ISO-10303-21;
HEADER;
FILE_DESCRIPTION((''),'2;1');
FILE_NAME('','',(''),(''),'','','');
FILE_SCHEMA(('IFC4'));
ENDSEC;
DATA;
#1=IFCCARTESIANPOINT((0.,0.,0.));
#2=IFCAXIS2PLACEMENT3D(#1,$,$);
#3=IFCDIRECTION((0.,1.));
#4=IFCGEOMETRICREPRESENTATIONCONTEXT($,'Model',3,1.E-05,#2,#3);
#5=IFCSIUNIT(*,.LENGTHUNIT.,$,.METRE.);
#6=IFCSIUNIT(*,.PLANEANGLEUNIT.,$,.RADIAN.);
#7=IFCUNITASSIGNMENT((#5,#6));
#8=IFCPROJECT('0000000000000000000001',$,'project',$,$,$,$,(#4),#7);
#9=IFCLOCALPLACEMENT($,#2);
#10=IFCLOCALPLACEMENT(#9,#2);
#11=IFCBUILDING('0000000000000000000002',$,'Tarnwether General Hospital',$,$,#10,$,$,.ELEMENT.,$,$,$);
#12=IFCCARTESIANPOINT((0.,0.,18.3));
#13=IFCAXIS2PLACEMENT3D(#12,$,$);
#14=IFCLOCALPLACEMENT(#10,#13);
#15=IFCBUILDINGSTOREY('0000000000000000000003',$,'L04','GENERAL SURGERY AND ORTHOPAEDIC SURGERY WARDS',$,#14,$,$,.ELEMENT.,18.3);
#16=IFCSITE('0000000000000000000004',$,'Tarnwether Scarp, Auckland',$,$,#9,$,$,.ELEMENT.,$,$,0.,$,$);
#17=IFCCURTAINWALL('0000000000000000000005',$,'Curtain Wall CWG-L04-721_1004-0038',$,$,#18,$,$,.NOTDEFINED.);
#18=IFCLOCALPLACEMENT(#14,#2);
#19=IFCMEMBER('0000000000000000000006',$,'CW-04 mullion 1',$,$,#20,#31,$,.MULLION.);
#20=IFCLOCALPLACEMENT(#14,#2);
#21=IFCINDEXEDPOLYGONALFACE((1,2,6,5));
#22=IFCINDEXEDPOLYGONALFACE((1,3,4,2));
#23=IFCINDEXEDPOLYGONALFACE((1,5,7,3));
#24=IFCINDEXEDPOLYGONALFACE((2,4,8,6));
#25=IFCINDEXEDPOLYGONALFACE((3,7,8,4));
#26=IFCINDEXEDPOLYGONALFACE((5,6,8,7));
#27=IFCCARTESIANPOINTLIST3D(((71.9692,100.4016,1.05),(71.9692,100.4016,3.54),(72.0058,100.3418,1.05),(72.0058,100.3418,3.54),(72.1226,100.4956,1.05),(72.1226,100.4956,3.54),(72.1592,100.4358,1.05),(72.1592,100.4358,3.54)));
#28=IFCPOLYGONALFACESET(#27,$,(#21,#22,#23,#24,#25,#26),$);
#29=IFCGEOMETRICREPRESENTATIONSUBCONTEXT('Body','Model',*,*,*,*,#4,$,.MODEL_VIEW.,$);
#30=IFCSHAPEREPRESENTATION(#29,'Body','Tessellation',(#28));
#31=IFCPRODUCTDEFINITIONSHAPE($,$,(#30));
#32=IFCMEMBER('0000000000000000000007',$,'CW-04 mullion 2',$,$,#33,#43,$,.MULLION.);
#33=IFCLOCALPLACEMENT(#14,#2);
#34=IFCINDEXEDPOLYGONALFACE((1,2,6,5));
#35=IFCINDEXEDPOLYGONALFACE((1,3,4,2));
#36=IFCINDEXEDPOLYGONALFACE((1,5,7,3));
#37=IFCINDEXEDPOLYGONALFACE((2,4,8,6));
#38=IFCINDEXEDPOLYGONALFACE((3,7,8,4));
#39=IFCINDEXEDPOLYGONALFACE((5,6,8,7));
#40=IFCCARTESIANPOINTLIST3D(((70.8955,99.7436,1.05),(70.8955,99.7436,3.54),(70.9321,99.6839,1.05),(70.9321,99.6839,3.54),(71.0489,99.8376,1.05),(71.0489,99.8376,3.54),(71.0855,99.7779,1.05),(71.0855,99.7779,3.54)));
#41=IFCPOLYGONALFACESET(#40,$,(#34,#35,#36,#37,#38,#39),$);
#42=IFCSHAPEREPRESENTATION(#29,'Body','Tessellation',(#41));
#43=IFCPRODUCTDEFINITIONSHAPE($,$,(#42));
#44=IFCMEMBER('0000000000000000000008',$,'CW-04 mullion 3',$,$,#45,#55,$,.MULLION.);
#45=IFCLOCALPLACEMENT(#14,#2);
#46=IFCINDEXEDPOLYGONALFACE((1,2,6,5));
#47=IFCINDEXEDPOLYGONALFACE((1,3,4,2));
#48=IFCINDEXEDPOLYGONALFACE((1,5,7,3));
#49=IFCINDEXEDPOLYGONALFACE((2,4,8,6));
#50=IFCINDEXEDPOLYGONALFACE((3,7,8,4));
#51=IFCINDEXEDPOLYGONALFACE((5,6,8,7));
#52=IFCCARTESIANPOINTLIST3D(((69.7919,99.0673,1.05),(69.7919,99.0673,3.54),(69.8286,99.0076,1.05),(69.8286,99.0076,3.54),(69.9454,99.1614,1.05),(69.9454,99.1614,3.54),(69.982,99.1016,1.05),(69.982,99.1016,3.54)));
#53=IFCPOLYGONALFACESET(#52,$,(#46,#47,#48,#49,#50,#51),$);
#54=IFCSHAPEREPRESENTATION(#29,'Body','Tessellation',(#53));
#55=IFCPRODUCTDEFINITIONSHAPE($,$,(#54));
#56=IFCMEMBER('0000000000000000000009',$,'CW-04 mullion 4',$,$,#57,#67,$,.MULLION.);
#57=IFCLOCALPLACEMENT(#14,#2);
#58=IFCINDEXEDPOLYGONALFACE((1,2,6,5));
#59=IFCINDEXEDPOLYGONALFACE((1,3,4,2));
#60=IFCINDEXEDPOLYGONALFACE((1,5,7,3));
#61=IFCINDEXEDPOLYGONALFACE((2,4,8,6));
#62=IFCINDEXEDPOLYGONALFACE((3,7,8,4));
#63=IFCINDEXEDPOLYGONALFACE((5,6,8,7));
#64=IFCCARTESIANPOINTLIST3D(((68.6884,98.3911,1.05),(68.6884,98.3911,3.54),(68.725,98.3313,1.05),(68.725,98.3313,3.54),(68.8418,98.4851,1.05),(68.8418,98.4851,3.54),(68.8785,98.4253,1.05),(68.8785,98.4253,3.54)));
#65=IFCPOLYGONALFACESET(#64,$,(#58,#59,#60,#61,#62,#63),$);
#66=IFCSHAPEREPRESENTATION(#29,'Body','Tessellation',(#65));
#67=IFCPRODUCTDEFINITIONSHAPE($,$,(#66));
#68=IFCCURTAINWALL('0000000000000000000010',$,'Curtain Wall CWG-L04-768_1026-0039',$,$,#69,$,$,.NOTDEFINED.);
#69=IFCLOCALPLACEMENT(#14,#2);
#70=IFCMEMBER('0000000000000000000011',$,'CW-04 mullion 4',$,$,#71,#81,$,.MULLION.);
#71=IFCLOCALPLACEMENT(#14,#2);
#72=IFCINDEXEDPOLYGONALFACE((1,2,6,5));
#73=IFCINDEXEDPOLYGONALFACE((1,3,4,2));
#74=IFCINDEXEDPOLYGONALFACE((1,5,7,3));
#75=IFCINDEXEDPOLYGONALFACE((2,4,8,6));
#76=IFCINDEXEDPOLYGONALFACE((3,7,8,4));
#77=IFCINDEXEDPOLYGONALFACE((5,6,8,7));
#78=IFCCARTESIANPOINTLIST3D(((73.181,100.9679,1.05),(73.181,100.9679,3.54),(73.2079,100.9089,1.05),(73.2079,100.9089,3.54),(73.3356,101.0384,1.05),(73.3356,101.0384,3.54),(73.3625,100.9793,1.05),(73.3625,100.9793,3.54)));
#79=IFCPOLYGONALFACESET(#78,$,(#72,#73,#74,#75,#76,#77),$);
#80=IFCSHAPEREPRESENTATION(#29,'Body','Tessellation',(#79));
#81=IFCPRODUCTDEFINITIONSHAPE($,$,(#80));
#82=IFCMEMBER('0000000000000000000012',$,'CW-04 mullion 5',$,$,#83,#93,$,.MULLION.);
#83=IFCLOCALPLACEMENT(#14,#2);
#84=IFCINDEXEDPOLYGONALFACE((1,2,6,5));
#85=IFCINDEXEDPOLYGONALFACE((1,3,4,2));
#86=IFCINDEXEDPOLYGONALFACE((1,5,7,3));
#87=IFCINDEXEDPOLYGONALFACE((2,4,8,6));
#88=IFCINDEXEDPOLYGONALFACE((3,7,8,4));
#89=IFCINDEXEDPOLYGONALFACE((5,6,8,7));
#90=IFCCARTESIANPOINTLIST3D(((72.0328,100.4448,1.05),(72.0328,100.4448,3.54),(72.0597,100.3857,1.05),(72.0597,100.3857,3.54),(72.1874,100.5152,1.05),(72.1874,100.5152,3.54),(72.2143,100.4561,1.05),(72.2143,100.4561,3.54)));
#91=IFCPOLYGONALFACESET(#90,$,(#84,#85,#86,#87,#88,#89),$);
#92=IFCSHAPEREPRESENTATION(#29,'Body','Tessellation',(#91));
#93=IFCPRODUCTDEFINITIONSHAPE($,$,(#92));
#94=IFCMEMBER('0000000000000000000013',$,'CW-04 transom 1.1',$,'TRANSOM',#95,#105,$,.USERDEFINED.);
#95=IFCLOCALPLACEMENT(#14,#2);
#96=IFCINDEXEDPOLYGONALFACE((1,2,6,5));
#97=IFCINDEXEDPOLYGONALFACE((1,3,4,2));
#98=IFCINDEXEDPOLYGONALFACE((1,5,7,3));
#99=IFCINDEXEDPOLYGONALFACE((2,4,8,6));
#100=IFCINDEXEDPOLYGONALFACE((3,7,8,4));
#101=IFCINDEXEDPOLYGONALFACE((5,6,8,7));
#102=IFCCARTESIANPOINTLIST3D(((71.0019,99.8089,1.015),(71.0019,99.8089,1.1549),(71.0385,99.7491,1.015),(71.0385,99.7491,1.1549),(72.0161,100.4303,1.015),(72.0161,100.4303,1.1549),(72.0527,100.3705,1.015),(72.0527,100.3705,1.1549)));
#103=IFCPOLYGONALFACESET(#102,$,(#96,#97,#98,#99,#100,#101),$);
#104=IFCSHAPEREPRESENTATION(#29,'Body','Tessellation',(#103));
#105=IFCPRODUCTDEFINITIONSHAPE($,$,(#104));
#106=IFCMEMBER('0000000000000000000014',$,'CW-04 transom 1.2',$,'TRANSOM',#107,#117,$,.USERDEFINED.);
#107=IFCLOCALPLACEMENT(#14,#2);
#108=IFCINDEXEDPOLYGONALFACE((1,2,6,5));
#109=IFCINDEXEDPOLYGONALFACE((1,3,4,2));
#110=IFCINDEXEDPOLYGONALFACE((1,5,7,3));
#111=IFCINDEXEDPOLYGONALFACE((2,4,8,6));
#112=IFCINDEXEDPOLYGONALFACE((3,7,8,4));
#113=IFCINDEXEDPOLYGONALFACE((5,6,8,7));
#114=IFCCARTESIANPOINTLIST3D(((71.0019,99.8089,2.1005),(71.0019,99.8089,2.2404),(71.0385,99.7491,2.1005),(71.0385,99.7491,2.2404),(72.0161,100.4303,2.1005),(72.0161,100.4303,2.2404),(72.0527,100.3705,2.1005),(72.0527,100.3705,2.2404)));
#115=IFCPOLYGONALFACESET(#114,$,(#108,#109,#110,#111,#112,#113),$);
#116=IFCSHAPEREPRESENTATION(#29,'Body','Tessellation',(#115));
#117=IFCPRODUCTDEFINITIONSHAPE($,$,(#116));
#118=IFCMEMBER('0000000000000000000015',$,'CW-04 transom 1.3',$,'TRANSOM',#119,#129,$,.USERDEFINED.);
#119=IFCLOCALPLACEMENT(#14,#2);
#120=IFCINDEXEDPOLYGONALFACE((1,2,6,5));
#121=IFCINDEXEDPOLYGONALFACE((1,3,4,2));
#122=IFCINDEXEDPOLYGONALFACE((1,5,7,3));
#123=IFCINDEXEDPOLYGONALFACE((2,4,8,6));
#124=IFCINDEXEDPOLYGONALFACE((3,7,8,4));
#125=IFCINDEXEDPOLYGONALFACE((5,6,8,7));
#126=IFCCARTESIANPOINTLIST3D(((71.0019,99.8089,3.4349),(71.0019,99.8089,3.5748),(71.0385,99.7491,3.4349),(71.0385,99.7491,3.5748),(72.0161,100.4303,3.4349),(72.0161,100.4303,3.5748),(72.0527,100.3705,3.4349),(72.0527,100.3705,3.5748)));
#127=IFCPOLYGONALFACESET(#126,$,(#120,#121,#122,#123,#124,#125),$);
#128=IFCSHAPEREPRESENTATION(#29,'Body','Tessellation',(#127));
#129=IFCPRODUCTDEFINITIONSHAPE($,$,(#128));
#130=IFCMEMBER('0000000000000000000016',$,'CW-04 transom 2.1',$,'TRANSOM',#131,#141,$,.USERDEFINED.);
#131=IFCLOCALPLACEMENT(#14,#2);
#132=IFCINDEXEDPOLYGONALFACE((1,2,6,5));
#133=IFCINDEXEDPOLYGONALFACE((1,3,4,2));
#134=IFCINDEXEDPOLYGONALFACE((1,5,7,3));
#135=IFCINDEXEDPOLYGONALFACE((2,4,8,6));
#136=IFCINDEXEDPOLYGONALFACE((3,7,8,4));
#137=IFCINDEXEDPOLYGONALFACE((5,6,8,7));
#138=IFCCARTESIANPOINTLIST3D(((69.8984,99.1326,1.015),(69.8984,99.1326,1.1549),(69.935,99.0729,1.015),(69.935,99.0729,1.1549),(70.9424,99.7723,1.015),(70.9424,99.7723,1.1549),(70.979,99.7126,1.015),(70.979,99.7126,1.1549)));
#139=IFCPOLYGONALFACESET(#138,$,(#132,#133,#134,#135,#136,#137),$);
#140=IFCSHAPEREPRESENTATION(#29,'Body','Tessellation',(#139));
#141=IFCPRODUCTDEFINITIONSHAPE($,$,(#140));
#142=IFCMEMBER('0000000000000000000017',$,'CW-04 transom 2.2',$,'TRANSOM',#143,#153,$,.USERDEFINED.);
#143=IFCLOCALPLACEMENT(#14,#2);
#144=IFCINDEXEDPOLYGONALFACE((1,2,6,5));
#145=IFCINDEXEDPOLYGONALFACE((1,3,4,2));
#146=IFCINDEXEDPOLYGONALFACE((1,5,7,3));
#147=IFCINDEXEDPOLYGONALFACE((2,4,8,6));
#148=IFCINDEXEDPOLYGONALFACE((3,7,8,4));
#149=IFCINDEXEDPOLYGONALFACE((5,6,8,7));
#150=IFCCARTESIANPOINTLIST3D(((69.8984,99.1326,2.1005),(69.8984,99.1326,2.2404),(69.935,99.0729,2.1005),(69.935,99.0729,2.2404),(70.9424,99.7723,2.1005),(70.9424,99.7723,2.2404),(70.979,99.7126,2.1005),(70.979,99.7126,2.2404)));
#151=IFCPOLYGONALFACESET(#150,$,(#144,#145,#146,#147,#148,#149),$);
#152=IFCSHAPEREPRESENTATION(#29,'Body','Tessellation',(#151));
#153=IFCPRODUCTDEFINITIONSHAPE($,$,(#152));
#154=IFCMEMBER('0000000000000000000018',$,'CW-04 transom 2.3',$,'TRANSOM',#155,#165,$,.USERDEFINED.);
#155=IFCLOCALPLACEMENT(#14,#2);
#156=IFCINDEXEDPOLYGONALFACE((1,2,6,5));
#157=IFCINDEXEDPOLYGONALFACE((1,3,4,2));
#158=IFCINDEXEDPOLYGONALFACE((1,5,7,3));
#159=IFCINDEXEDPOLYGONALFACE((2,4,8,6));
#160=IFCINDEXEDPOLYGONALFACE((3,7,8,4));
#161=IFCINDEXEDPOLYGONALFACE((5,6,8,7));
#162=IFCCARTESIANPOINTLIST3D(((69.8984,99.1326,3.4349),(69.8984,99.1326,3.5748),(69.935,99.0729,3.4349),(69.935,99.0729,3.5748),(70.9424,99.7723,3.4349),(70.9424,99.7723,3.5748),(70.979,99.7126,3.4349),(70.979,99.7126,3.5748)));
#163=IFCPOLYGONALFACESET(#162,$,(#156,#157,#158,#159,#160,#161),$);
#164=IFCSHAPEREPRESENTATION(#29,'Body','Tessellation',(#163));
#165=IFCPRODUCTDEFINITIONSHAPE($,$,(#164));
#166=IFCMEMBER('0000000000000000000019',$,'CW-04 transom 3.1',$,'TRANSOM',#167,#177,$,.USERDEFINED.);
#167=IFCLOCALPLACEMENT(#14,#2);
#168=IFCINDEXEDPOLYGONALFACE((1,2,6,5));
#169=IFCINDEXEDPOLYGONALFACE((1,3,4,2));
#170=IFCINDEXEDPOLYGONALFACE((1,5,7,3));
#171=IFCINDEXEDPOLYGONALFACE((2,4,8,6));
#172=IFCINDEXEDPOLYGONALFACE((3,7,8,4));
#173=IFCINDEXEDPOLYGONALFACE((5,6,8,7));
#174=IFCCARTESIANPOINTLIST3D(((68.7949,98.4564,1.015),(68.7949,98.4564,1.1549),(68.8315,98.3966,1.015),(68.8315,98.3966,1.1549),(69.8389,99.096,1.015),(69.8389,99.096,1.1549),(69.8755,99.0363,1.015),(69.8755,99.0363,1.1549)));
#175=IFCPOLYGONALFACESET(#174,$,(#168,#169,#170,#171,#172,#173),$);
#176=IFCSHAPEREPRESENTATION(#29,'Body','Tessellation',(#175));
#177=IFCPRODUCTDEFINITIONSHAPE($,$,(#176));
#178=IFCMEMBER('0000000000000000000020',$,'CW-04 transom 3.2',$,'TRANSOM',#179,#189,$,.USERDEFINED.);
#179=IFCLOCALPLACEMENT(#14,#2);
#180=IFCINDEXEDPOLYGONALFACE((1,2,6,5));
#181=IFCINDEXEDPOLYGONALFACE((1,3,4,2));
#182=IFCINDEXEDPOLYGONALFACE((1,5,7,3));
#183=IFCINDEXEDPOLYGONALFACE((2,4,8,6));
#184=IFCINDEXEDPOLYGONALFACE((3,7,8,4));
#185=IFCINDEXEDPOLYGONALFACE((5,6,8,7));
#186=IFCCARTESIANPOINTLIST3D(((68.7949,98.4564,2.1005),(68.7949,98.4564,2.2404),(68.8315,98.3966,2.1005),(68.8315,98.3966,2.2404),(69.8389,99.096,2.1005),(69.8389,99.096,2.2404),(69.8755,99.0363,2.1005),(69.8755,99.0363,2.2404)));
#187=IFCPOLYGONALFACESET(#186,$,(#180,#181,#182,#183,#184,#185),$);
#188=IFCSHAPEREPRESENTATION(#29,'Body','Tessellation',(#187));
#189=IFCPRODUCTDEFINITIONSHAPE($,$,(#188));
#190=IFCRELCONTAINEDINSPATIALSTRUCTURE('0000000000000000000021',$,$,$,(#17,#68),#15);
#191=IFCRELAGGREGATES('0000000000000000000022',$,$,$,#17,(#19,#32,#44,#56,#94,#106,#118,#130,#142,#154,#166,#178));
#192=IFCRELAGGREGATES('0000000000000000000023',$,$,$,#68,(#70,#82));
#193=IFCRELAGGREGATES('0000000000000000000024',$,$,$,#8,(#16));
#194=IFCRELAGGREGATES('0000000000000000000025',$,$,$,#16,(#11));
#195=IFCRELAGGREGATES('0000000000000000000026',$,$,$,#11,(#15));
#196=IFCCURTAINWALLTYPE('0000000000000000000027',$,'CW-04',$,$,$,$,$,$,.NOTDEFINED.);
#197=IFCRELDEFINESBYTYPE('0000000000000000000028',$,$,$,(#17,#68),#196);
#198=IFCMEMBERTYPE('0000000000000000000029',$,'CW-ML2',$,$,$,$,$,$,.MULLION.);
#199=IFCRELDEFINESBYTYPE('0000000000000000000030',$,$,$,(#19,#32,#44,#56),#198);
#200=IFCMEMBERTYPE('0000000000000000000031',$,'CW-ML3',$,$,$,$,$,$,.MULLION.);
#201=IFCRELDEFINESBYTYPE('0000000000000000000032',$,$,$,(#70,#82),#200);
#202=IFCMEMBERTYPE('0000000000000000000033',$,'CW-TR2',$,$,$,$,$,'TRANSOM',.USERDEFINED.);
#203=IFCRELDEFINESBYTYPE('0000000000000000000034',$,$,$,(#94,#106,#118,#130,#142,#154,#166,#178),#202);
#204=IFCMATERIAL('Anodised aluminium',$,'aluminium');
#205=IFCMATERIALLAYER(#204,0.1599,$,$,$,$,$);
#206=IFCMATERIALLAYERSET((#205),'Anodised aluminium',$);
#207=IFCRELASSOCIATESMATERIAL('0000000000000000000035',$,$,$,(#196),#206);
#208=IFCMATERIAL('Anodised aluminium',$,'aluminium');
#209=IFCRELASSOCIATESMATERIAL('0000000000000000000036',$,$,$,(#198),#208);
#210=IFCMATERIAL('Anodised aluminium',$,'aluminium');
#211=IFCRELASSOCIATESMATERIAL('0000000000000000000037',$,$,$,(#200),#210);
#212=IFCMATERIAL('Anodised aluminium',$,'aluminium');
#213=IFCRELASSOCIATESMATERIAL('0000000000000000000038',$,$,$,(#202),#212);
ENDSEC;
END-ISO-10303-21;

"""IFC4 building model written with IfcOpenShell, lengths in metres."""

from ifc_helpers import new_model, si_unit, direction, frame, origin, origin_2d, place, context, subcontext, project, spatial, rectangle, extrude, material, layer, layer_set, material_profile, profile_set, type_object, element, aggregate, save


model = new_model("IFC4")

# Units and contexts
model_context = context("Model", 3, precision=1e-05, world=origin(), true_north=direction((0.0, 1.0)))
body_context = subcontext(model_context, "Body", "Model", "MODEL_VIEW")
ifc_project = project(units=[si_unit("LENGTHUNIT", "METRE"), si_unit("PLANEANGLEUNIT", "RADIAN")], contexts=[model_context])

# Site, building, storey
site_placement = place(None, origin())
site = spatial("IfcSite", under=ifc_project, at=site_placement, Name="Tarnwether Scarp, Auckland", CompositionType="ELEMENT", RefElevation=0.0)
building_placement = place(site_placement, origin())
building = spatial("IfcBuilding", under=site, at=building_placement, Name="Tarnwether General Hospital", CompositionType="ELEMENT")
storey_placement = place(building_placement, frame((0.0, 0.0, 18.3)))
storey = spatial("IfcBuildingStorey", under=building, at=storey_placement, Name="L04", Description="GENERAL SURGERY AND ORTHOPAEDIC SURGERY WARDS", CompositionType="ELEMENT", Elevation=18.3)

# Curtain walls, members
ifc_material_1 = material(Name="Anodised aluminium", Category="aluminium")
ifc_layer_1 = layer(ifc_material_1, 0.1599)
ifc_layer_set_1 = layer_set([ifc_layer_1], Name="Anodised aluminium")
curtain_wall_type = type_object("IfcCurtainWallType", Name="CW-04", PredefinedType="NOTDEFINED", material=ifc_layer_set_1)
curtain_wall_1_placement = place(storey_placement, origin())
curtain_wall_1 = element("IfcCurtainWall", 1, at=curtain_wall_1_placement, inside=storey, type_object=curtain_wall_type, Name="Curtain Wall CWG-L04-721_1004-0038", PredefinedType="NOTDEFINED")
ifc_material_2 = material(Name="Anodised aluminium", Category="aluminium")
ifc_material_profile_1 = material_profile(ifc_material_2, rectangle(XDim=0.0701, YDim=0.1799, at=origin_2d()), Name="ALU-MUL-70x180")
ifc_profile_set_1 = profile_set([ifc_material_profile_1], Name="Anodised aluminium")
member_type_1 = type_object("IfcMemberType", Name="CW-ML2", PredefinedType="MULLION", material=ifc_profile_set_1)
member_1_placement = place(storey_placement, frame((72.0642, 100.4187, 1.05), z_axis=(0.0, 0.0, 1.0), x_axis=(0.522512, -0.852632, 0.0)))
member_1 = element("IfcMember", 2, at=member_1_placement, type_object=member_type_1, Name="CW-04 mullion 1", PredefinedType="MULLION", context=body_context, shape_type="SweptSolid", body=[
    extrude(rectangle(XDim=0.0701, YDim=0.1799, at=origin_2d()), origin(), (0.0, 0.0, 1.0), 2.49),
])
member_2_placement = place(storey_placement, frame((70.9905, 99.7607, 1.05), z_axis=(0.0, 0.0, 1.0), x_axis=(0.522512, -0.852632, 0.0)))
member_2 = element("IfcMember", 3, at=member_2_placement, type_object=member_type_1, Name="CW-04 mullion 2", PredefinedType="MULLION", context=body_context, shape_type="SweptSolid", body=[
    extrude(rectangle(XDim=0.0701, YDim=0.1799, at=origin_2d()), origin(), (0.0, 0.0, 1.0), 2.49),
])
member_3_placement = place(storey_placement, frame((69.887, 99.0845, 1.05), z_axis=(0.0, 0.0, 1.0), x_axis=(0.522512, -0.852632, 0.0)))
member_3 = element("IfcMember", 4, at=member_3_placement, type_object=member_type_1, Name="CW-04 mullion 3", PredefinedType="MULLION", context=body_context, shape_type="SweptSolid", body=[
    extrude(rectangle(XDim=0.0701, YDim=0.1799, at=origin_2d()), origin(), (0.0, 0.0, 1.0), 2.49),
])
member_4_placement = place(storey_placement, frame((68.7834, 98.4082, 1.05), z_axis=(0.0, 0.0, 1.0), x_axis=(0.522512, -0.852632, 0.0)))
member_4 = element("IfcMember", 5, at=member_4_placement, type_object=member_type_1, Name="CW-04 mullion 4", PredefinedType="MULLION", context=body_context, shape_type="SweptSolid", body=[
    extrude(rectangle(XDim=0.0701, YDim=0.1799, at=origin_2d()), origin(), (0.0, 0.0, 1.0), 2.49),
])
curtain_wall_2_placement = place(storey_placement, origin())
curtain_wall_2 = element("IfcCurtainWall", 6, at=curtain_wall_2_placement, inside=storey, type_object=curtain_wall_type, Name="Curtain Wall CWG-L04-768_1026-0039", PredefinedType="NOTDEFINED")
ifc_material_3 = material(Name="Anodised aluminium", Category="aluminium")
ifc_material_profile_2 = material_profile(ifc_material_3, rectangle(XDim=0.0649, YDim=0.1699, at=origin_2d()), Name="ALU-MUL-65x170")
ifc_profile_set_2 = profile_set([ifc_material_profile_2], Name="Anodised aluminium")
member_type_2 = type_object("IfcMemberType", Name="CW-ML3", PredefinedType="MULLION", material=ifc_profile_set_2)
member_5_placement = place(storey_placement, frame((73.2717, 100.9736, 1.05), z_axis=(0.0, 0.0, 1.0), x_axis=(0.414705, -0.909956, 0.0)))
member_5 = element("IfcMember", 7, at=member_5_placement, type_object=member_type_2, Name="CW-04 mullion 4", PredefinedType="MULLION", context=body_context, shape_type="SweptSolid", body=[
    extrude(rectangle(XDim=0.0649, YDim=0.1699, at=origin_2d()), origin(), (0.0, 0.0, 1.0), 2.49),
])
member_6_placement = place(storey_placement, frame((72.1235, 100.4504, 1.05), z_axis=(0.0, 0.0, 1.0), x_axis=(0.414705, -0.909956, 0.0)))
member_6 = element("IfcMember", 8, at=member_6_placement, type_object=member_type_2, Name="CW-04 mullion 5", PredefinedType="MULLION", context=body_context, shape_type="SweptSolid", body=[
    extrude(rectangle(XDim=0.0649, YDim=0.1699, at=origin_2d()), origin(), (0.0, 0.0, 1.0), 2.49),
])

# Members
ifc_material_4 = material(Name="Anodised aluminium", Category="aluminium")
ifc_material_profile_3 = material_profile(ifc_material_4, rectangle(XDim=0.0701, YDim=0.1399, at=origin_2d()), Name="ALU-TRN-70x140")
ifc_profile_set_3 = profile_set([ifc_material_profile_3], Name="Anodised aluminium")
member_type_3 = type_object("IfcMemberType", Name="CW-TR2", ElementType="TRANSOM", PredefinedType="USERDEFINED", material=ifc_profile_set_3)
member_7_placement = place(storey_placement, frame((72.0344, 100.4004, 1.085), z_axis=(-0.852693, -0.522413, 0.0), x_axis=(0.522413, -0.852693, 0.0)))
member_7 = element("IfcMember", 9, at=member_7_placement, type_object=member_type_3, Name="CW-04 transom 1.1", ObjectType="TRANSOM", PredefinedType="USERDEFINED", context=body_context, shape_type="SweptSolid", body=[
    extrude(rectangle(XDim=0.0701, YDim=0.1399, at=origin_2d()), origin(), (0.0, 0.0, 1.0), 1.1895),
])
member_8_placement = place(storey_placement, frame((72.0344, 100.4004, 2.1704), z_axis=(-0.852693, -0.522413, 0.0), x_axis=(0.522413, -0.852693, 0.0)))
member_8 = element("IfcMember", 10, at=member_8_placement, type_object=member_type_3, Name="CW-04 transom 1.2", ObjectType="TRANSOM", PredefinedType="USERDEFINED", context=body_context, shape_type="SweptSolid", body=[
    extrude(rectangle(XDim=0.0701, YDim=0.1399, at=origin_2d()), origin(), (0.0, 0.0, 1.0), 1.1895),
])
member_9_placement = place(storey_placement, frame((72.0344, 100.4004, 3.5049), z_axis=(-0.852693, -0.522413, 0.0), x_axis=(0.522413, -0.852693, 0.0)))
member_9 = element("IfcMember", 11, at=member_9_placement, type_object=member_type_3, Name="CW-04 transom 1.3", ObjectType="TRANSOM", PredefinedType="USERDEFINED", context=body_context, shape_type="SweptSolid", body=[
    extrude(rectangle(XDim=0.0701, YDim=0.1399, at=origin_2d()), origin(), (0.0, 0.0, 1.0), 1.1895),
])
member_10_placement = place(storey_placement, frame((70.9607, 99.7424, 1.085), z_axis=(-0.85267, -0.52245, 0.0), x_axis=(0.52245, -0.85267, 0.0)))
member_10 = element("IfcMember", 12, at=member_10_placement, type_object=member_type_3, Name="CW-04 transom 2.1", ObjectType="TRANSOM", PredefinedType="USERDEFINED", context=body_context, shape_type="SweptSolid", body=[
    extrude(rectangle(XDim=0.0701, YDim=0.1399, at=origin_2d()), origin(), (0.0, 0.0, 1.0), 1.2244),
])
member_11_placement = place(storey_placement, frame((70.9607, 99.7424, 2.1704), z_axis=(-0.85267, -0.52245, 0.0), x_axis=(0.52245, -0.85267, 0.0)))
member_11 = element("IfcMember", 13, at=member_11_placement, type_object=member_type_3, Name="CW-04 transom 2.2", ObjectType="TRANSOM", PredefinedType="USERDEFINED", context=body_context, shape_type="SweptSolid", body=[
    extrude(rectangle(XDim=0.0701, YDim=0.1399, at=origin_2d()), origin(), (0.0, 0.0, 1.0), 1.2244),
])
member_12_placement = place(storey_placement, frame((70.9607, 99.7424, 3.5049), z_axis=(-0.85267, -0.52245, 0.0), x_axis=(0.52245, -0.85267, 0.0)))
member_12 = element("IfcMember", 14, at=member_12_placement, type_object=member_type_3, Name="CW-04 transom 2.3", ObjectType="TRANSOM", PredefinedType="USERDEFINED", context=body_context, shape_type="SweptSolid", body=[
    extrude(rectangle(XDim=0.0701, YDim=0.1399, at=origin_2d()), origin(), (0.0, 0.0, 1.0), 1.2244),
])
member_13_placement = place(storey_placement, frame((69.8572, 99.0662, 1.085), z_axis=(-0.85267, -0.52245, 0.0), x_axis=(0.52245, -0.85267, 0.0)))
member_13 = element("IfcMember", 15, at=member_13_placement, type_object=member_type_3, Name="CW-04 transom 3.1", ObjectType="TRANSOM", PredefinedType="USERDEFINED", context=body_context, shape_type="SweptSolid", body=[
    extrude(rectangle(XDim=0.0701, YDim=0.1399, at=origin_2d()), origin(), (0.0, 0.0, 1.0), 1.2244),
])
member_14_placement = place(storey_placement, frame((69.8572, 99.0662, 2.1704), z_axis=(-0.85267, -0.52245, 0.0), x_axis=(0.52245, -0.85267, 0.0)))
member_14 = element("IfcMember", 16, at=member_14_placement, type_object=member_type_3, Name="CW-04 transom 3.2", ObjectType="TRANSOM", PredefinedType="USERDEFINED", context=body_context, shape_type="SweptSolid", body=[
    extrude(rectangle(XDim=0.0701, YDim=0.1399, at=origin_2d()), origin(), (0.0, 0.0, 1.0), 1.2244),
])

aggregate(curtain_wall_1, [member_1, member_2, member_3, member_4, member_7, member_8, member_9, member_10, member_11, member_12, member_13, member_14])
aggregate(curtain_wall_2, [member_5, member_6])

save(model, "model.ifc")
